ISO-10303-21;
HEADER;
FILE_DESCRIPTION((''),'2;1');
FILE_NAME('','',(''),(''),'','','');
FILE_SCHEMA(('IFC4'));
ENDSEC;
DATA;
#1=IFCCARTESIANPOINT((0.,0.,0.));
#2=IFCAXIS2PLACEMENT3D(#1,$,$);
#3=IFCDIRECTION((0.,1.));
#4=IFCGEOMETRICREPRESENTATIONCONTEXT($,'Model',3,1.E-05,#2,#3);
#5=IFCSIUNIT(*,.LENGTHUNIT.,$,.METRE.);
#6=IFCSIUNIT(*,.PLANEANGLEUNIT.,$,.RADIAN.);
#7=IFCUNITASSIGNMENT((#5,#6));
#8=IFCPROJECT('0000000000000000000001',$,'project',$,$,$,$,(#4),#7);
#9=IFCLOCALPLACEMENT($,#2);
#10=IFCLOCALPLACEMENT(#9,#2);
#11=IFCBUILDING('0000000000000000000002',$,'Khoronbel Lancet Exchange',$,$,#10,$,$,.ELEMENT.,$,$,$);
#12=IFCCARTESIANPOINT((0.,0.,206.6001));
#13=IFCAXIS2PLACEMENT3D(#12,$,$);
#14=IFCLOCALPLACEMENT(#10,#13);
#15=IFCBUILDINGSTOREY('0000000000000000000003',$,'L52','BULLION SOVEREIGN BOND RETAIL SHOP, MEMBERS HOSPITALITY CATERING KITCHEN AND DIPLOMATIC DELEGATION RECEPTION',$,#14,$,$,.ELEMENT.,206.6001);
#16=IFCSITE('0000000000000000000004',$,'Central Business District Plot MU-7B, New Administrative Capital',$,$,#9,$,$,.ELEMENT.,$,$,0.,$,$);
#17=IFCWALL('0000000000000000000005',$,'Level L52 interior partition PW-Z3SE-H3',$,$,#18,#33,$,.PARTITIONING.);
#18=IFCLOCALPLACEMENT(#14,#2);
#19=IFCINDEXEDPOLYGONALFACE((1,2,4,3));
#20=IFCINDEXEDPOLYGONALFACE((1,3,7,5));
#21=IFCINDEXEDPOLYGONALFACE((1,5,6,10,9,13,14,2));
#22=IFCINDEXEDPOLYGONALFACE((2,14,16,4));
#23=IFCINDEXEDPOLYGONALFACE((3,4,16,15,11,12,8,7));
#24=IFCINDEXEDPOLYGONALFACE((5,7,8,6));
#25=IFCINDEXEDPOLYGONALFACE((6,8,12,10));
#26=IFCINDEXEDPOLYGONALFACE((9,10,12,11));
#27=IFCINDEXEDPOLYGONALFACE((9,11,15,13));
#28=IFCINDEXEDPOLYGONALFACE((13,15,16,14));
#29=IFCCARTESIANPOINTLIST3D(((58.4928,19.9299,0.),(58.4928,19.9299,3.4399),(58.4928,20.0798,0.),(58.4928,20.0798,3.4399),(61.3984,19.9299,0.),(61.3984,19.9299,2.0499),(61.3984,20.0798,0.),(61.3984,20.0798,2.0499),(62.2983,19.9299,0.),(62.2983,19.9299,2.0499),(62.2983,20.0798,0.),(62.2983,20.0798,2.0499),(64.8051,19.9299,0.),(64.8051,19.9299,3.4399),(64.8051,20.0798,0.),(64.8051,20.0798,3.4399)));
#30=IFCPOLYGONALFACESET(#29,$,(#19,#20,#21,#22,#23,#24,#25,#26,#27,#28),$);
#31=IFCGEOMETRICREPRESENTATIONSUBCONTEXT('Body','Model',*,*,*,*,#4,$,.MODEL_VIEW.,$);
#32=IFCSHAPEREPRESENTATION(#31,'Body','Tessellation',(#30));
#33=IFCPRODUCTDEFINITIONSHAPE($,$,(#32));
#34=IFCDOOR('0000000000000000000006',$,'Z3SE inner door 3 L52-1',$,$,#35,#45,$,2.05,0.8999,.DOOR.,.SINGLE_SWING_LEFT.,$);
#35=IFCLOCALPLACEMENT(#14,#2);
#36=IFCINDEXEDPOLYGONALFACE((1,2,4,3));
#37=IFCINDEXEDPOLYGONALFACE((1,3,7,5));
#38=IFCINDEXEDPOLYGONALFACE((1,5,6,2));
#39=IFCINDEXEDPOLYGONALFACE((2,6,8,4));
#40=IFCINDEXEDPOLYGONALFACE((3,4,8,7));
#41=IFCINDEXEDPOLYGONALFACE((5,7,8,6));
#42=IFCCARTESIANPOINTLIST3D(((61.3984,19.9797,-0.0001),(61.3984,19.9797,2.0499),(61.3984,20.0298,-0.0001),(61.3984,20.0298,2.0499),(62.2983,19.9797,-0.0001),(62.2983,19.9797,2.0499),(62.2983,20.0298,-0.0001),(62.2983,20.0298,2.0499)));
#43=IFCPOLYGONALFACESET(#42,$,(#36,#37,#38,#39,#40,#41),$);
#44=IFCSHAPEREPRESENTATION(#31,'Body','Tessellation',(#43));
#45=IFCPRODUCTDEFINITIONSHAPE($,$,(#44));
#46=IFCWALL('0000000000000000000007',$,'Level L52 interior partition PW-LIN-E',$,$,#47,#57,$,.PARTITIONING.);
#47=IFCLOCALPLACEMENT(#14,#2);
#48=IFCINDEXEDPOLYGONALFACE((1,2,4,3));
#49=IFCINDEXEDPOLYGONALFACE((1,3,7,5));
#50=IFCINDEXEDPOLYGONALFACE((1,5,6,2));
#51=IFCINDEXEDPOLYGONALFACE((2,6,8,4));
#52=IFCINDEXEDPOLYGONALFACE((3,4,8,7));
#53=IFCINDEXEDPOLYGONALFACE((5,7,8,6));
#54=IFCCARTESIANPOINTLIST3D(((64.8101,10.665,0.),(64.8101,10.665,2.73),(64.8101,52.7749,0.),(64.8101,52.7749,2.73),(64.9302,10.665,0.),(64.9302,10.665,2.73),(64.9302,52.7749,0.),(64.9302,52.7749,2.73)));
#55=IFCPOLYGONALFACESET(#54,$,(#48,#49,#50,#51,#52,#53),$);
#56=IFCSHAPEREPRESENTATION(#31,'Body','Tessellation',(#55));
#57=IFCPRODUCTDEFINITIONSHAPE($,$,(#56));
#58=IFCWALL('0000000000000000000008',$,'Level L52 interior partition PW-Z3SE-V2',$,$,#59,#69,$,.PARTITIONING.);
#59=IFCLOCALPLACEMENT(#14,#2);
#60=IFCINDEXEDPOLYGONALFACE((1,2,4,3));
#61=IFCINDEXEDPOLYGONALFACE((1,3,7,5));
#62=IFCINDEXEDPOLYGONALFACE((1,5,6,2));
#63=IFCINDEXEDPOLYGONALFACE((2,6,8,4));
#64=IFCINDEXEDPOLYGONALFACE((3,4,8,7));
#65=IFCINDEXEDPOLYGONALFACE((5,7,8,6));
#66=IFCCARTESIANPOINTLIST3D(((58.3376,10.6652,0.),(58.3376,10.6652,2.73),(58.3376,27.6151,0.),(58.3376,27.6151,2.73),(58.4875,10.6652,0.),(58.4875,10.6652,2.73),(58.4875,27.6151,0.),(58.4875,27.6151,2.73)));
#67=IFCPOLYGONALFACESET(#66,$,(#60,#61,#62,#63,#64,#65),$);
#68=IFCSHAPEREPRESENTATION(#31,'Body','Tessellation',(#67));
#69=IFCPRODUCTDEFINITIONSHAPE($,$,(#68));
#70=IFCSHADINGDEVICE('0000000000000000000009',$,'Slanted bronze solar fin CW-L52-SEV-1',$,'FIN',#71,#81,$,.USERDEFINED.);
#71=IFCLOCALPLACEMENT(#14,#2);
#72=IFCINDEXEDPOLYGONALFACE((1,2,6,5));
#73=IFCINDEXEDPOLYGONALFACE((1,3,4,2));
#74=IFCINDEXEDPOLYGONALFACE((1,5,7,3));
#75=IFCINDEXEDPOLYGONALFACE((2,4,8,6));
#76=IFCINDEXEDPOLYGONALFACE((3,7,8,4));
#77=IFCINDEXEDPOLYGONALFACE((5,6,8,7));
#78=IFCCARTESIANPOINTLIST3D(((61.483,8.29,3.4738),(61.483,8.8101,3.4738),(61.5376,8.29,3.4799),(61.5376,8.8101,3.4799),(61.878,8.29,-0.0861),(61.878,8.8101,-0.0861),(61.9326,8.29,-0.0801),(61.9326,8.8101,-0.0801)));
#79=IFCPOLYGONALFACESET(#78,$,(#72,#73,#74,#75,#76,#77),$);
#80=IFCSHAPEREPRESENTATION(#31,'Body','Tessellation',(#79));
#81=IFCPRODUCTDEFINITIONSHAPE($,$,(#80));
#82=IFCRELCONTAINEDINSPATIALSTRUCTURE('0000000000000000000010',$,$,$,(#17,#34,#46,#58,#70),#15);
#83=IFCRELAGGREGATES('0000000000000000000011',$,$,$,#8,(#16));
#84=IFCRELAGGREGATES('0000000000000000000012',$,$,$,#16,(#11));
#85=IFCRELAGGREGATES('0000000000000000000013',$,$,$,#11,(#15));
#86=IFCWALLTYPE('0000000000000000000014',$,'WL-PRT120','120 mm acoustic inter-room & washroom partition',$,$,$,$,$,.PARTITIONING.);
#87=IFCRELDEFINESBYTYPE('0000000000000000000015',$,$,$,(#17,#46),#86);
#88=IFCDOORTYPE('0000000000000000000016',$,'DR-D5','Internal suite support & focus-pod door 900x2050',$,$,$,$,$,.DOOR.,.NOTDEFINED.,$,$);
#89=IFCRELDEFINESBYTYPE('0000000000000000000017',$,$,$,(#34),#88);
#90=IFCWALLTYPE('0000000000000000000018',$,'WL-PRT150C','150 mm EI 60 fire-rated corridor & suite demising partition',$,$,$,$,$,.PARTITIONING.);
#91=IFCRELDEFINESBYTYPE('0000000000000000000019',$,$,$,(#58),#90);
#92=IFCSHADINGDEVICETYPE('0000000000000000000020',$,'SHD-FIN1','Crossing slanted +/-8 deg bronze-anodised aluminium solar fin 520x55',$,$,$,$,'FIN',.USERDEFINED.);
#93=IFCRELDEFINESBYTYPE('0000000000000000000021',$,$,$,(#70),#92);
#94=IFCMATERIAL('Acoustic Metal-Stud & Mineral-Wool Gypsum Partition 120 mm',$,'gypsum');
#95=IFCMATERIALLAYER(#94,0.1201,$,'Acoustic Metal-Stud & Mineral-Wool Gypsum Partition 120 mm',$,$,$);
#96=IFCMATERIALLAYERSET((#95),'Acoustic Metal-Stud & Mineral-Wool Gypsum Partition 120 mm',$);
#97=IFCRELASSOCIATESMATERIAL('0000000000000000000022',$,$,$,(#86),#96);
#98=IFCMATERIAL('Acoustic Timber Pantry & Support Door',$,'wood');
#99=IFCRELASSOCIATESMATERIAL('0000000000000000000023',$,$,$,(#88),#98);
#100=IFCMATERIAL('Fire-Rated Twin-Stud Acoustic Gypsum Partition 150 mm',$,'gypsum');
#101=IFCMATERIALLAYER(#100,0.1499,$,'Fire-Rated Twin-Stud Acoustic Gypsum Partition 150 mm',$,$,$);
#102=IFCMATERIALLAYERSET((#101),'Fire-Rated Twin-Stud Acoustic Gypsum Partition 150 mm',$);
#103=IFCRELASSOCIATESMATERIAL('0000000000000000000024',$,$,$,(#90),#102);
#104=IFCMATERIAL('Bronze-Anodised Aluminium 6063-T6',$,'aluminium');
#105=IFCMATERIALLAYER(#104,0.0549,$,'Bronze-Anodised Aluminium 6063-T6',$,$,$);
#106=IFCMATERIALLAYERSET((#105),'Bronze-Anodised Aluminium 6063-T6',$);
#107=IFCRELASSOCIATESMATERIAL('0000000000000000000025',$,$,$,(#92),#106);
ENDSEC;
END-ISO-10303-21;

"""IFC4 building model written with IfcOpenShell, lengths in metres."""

from ifc_helpers import new_model, si_unit, direction, frame, frame_2d, origin, place, context, subcontext, project, spatial, polyline, rectangle, outline, extrude, material, layer, layer_set, type_object, element, fill, save


model = new_model("IFC4")

# Units and contexts
model_context = context("Model", 3, precision=1e-05, world=origin(), true_north=direction((0.0, 1.0)))
body_context = subcontext(model_context, "Body", "Model", "MODEL_VIEW")
ifc_project = project(units=[si_unit("LENGTHUNIT", "METRE"), si_unit("PLANEANGLEUNIT", "RADIAN")], contexts=[model_context])

# Site, building, storey
site_placement = place(None, origin())
site = spatial("IfcSite", under=ifc_project, at=site_placement, Name="Central Business District Plot MU-7B, New Administrative Capital", CompositionType="ELEMENT", RefElevation=0.0)
building_placement = place(site_placement, origin())
building = spatial("IfcBuilding", under=site, at=building_placement, Name="Khoronbel Lancet Exchange", CompositionType="ELEMENT")
storey_placement = place(building_placement, frame((0.0, 0.0, 206.6001)))
storey = spatial("IfcBuildingStorey", under=building, at=storey_placement, Name="L52", Description="BULLION SOVEREIGN BOND RETAIL SHOP, MEMBERS HOSPITALITY CATERING KITCHEN AND DIPLOMATIC DELEGATION RECEPTION", CompositionType="ELEMENT", Elevation=206.6001)

# Shared definitions
ifc_material_1 = material(Name="Bronze-Anodised Aluminium 6063-T6", Category="aluminium")

# Wall, opening, door
ifc_material_2 = material(Name="Acoustic Metal-Stud & Mineral-Wool Gypsum Partition 120 mm", Category="gypsum")
ifc_layer_1 = layer(ifc_material_2, 0.1201, Name="Acoustic Metal-Stud & Mineral-Wool Gypsum Partition 120 mm")
ifc_layer_set_1 = layer_set([ifc_layer_1], Name="Acoustic Metal-Stud & Mineral-Wool Gypsum Partition 120 mm")
wall_type_1 = type_object("IfcWallType", Name="WL-PRT120", Description="120 mm acoustic inter-room & washroom partition", PredefinedType="PARTITIONING", material=ifc_layer_set_1)
wall_1_placement = place(storey_placement, frame((58.4927, 20.0049, 0.0), z_axis=(0.0, 0.0, 1.0), x_axis=(1.0, 0.0, 0.0)))
wall_1 = element("IfcWall", 1, at=wall_1_placement, inside=storey, type_object=wall_type_1, Name="Level L52 interior partition PW-Z3SE-H3", PredefinedType="PARTITIONING", context=body_context, shape_type="SweptSolid", body=[
    extrude(rectangle(XDim=6.3123, YDim=0.1499, at=frame_2d((3.1562, 0.0))), origin(), (0.0, 0.0, 1.0), 3.4399),
])
opening_placement = place(wall_1_placement, frame((2.9058, 0.0, 0.0)))
opening = element("IfcOpeningElement", 2, at=opening_placement, cuts=wall_1, PredefinedType="OPENING", context=body_context, shape_type="SweptSolid", body=[
    extrude(rectangle(XDim=0.8999, YDim=2.05, at=frame_2d((0.45, 1.0249))), frame((0.0, 0.085, 0.0), z_axis=(0.0, -1.0, 0.0), x_axis=(1.0, 0.0, 0.0)), (0.0, 0.0, 1.0), 0.1699),
])
ifc_material_3 = material(Name="Acoustic Timber Pantry & Support Door", Category="wood")
door_type = type_object("IfcDoorType", Name="DR-D5", Description="Internal suite support & focus-pod door 900x2050", OperationType="NOTDEFINED", PredefinedType="DOOR", material=ifc_material_3)
door_placement = place(opening_placement, origin())
door = element("IfcDoor", 3, at=door_placement, inside=storey, type_object=door_type, Name="Z3SE inner door 3 L52-1", OperationType="SINGLE_SWING_LEFT", OverallHeight=2.05, OverallWidth=0.8999, PredefinedType="DOOR", context=body_context, shape_type="SweptSolid", body=[
    extrude(rectangle(XDim=0.8999, YDim=2.05, at=frame_2d((0.45, 1.0249))), frame((0.0, 0.0249, 0.0), z_axis=(0.0, -1.0, 0.0), x_axis=(1.0, 0.0, 0.0)), (0.0, 0.0, 1.0), 0.05),
])
fill(opening, door)

# Walls
wall_2_placement = place(storey_placement, frame((64.8701, 10.665, 0.0), z_axis=(0.0, 0.0, 1.0), x_axis=(0.0, 1.0, 0.0)))
element("IfcWall", 4, at=wall_2_placement, inside=storey, type_object=wall_type_1, Name="Level L52 interior partition PW-LIN-E", PredefinedType="PARTITIONING", context=body_context, shape_type="SweptSolid", body=[
    extrude(rectangle(XDim=42.1099, YDim=0.1201, at=frame_2d((21.0549, 0.0))), origin(), (0.0, 0.0, 1.0), 2.73),
])
ifc_material_4 = material(Name="Fire-Rated Twin-Stud Acoustic Gypsum Partition 150 mm", Category="gypsum")
ifc_layer_2 = layer(ifc_material_4, 0.1499, Name="Fire-Rated Twin-Stud Acoustic Gypsum Partition 150 mm")
ifc_layer_set_2 = layer_set([ifc_layer_2], Name="Fire-Rated Twin-Stud Acoustic Gypsum Partition 150 mm")
wall_type_2 = type_object("IfcWallType", Name="WL-PRT150C", Description="150 mm EI 60 fire-rated corridor & suite demising partition", PredefinedType="PARTITIONING", material=ifc_layer_set_2)
wall_3_placement = place(storey_placement, frame((58.4126, 10.665, 0.0), z_axis=(0.0, 0.0, 1.0), x_axis=(0.0, 1.0, 0.0)))
element("IfcWall", 5, at=wall_3_placement, inside=storey, type_object=wall_type_2, Name="Level L52 interior partition PW-Z3SE-V2", PredefinedType="PARTITIONING", context=body_context, shape_type="SweptSolid", body=[
    extrude(rectangle(XDim=16.95, YDim=0.1499, at=frame_2d((8.4751, 0.0))), origin(), (0.0, 0.0, 1.0), 2.73),
])

# Shading device
ifc_layer_3 = layer(ifc_material_1, 0.0549, Name="Bronze-Anodised Aluminium 6063-T6")
ifc_layer_set_3 = layer_set([ifc_layer_3], Name="Bronze-Anodised Aluminium 6063-T6")
shading_device_type = type_object("IfcShadingDeviceType", Name="SHD-FIN1", Description="Crossing slanted +/-8 deg bronze-anodised aluminium solar fin 520x55", ElementType="FIN", PredefinedType="USERDEFINED", material=ifc_layer_set_3)
shading_device_placement = place(storey_placement, frame((61.9326, 8.8101, -0.0801), z_axis=(0.9939, 0.0, 0.110282), x_axis=(0.0, -1.0, 0.0)))
element("IfcShadingDevice", 6, at=shading_device_placement, inside=storey, type_object=shading_device_type, Name="Slanted bronze solar fin CW-L52-SEV-1", ObjectType="FIN", PredefinedType="USERDEFINED", context=body_context, shape_type="SweptSolid", body=[
    extrude(outline(polyline([(0.0, 0.0), (0.52, 0.0), (0.52, -3.5818), (0.0, -3.5818), (0.0, 0.0)])), origin(), (0.0, 0.0, -1.0), 0.0549),
])

save(model, "model.ifc")
